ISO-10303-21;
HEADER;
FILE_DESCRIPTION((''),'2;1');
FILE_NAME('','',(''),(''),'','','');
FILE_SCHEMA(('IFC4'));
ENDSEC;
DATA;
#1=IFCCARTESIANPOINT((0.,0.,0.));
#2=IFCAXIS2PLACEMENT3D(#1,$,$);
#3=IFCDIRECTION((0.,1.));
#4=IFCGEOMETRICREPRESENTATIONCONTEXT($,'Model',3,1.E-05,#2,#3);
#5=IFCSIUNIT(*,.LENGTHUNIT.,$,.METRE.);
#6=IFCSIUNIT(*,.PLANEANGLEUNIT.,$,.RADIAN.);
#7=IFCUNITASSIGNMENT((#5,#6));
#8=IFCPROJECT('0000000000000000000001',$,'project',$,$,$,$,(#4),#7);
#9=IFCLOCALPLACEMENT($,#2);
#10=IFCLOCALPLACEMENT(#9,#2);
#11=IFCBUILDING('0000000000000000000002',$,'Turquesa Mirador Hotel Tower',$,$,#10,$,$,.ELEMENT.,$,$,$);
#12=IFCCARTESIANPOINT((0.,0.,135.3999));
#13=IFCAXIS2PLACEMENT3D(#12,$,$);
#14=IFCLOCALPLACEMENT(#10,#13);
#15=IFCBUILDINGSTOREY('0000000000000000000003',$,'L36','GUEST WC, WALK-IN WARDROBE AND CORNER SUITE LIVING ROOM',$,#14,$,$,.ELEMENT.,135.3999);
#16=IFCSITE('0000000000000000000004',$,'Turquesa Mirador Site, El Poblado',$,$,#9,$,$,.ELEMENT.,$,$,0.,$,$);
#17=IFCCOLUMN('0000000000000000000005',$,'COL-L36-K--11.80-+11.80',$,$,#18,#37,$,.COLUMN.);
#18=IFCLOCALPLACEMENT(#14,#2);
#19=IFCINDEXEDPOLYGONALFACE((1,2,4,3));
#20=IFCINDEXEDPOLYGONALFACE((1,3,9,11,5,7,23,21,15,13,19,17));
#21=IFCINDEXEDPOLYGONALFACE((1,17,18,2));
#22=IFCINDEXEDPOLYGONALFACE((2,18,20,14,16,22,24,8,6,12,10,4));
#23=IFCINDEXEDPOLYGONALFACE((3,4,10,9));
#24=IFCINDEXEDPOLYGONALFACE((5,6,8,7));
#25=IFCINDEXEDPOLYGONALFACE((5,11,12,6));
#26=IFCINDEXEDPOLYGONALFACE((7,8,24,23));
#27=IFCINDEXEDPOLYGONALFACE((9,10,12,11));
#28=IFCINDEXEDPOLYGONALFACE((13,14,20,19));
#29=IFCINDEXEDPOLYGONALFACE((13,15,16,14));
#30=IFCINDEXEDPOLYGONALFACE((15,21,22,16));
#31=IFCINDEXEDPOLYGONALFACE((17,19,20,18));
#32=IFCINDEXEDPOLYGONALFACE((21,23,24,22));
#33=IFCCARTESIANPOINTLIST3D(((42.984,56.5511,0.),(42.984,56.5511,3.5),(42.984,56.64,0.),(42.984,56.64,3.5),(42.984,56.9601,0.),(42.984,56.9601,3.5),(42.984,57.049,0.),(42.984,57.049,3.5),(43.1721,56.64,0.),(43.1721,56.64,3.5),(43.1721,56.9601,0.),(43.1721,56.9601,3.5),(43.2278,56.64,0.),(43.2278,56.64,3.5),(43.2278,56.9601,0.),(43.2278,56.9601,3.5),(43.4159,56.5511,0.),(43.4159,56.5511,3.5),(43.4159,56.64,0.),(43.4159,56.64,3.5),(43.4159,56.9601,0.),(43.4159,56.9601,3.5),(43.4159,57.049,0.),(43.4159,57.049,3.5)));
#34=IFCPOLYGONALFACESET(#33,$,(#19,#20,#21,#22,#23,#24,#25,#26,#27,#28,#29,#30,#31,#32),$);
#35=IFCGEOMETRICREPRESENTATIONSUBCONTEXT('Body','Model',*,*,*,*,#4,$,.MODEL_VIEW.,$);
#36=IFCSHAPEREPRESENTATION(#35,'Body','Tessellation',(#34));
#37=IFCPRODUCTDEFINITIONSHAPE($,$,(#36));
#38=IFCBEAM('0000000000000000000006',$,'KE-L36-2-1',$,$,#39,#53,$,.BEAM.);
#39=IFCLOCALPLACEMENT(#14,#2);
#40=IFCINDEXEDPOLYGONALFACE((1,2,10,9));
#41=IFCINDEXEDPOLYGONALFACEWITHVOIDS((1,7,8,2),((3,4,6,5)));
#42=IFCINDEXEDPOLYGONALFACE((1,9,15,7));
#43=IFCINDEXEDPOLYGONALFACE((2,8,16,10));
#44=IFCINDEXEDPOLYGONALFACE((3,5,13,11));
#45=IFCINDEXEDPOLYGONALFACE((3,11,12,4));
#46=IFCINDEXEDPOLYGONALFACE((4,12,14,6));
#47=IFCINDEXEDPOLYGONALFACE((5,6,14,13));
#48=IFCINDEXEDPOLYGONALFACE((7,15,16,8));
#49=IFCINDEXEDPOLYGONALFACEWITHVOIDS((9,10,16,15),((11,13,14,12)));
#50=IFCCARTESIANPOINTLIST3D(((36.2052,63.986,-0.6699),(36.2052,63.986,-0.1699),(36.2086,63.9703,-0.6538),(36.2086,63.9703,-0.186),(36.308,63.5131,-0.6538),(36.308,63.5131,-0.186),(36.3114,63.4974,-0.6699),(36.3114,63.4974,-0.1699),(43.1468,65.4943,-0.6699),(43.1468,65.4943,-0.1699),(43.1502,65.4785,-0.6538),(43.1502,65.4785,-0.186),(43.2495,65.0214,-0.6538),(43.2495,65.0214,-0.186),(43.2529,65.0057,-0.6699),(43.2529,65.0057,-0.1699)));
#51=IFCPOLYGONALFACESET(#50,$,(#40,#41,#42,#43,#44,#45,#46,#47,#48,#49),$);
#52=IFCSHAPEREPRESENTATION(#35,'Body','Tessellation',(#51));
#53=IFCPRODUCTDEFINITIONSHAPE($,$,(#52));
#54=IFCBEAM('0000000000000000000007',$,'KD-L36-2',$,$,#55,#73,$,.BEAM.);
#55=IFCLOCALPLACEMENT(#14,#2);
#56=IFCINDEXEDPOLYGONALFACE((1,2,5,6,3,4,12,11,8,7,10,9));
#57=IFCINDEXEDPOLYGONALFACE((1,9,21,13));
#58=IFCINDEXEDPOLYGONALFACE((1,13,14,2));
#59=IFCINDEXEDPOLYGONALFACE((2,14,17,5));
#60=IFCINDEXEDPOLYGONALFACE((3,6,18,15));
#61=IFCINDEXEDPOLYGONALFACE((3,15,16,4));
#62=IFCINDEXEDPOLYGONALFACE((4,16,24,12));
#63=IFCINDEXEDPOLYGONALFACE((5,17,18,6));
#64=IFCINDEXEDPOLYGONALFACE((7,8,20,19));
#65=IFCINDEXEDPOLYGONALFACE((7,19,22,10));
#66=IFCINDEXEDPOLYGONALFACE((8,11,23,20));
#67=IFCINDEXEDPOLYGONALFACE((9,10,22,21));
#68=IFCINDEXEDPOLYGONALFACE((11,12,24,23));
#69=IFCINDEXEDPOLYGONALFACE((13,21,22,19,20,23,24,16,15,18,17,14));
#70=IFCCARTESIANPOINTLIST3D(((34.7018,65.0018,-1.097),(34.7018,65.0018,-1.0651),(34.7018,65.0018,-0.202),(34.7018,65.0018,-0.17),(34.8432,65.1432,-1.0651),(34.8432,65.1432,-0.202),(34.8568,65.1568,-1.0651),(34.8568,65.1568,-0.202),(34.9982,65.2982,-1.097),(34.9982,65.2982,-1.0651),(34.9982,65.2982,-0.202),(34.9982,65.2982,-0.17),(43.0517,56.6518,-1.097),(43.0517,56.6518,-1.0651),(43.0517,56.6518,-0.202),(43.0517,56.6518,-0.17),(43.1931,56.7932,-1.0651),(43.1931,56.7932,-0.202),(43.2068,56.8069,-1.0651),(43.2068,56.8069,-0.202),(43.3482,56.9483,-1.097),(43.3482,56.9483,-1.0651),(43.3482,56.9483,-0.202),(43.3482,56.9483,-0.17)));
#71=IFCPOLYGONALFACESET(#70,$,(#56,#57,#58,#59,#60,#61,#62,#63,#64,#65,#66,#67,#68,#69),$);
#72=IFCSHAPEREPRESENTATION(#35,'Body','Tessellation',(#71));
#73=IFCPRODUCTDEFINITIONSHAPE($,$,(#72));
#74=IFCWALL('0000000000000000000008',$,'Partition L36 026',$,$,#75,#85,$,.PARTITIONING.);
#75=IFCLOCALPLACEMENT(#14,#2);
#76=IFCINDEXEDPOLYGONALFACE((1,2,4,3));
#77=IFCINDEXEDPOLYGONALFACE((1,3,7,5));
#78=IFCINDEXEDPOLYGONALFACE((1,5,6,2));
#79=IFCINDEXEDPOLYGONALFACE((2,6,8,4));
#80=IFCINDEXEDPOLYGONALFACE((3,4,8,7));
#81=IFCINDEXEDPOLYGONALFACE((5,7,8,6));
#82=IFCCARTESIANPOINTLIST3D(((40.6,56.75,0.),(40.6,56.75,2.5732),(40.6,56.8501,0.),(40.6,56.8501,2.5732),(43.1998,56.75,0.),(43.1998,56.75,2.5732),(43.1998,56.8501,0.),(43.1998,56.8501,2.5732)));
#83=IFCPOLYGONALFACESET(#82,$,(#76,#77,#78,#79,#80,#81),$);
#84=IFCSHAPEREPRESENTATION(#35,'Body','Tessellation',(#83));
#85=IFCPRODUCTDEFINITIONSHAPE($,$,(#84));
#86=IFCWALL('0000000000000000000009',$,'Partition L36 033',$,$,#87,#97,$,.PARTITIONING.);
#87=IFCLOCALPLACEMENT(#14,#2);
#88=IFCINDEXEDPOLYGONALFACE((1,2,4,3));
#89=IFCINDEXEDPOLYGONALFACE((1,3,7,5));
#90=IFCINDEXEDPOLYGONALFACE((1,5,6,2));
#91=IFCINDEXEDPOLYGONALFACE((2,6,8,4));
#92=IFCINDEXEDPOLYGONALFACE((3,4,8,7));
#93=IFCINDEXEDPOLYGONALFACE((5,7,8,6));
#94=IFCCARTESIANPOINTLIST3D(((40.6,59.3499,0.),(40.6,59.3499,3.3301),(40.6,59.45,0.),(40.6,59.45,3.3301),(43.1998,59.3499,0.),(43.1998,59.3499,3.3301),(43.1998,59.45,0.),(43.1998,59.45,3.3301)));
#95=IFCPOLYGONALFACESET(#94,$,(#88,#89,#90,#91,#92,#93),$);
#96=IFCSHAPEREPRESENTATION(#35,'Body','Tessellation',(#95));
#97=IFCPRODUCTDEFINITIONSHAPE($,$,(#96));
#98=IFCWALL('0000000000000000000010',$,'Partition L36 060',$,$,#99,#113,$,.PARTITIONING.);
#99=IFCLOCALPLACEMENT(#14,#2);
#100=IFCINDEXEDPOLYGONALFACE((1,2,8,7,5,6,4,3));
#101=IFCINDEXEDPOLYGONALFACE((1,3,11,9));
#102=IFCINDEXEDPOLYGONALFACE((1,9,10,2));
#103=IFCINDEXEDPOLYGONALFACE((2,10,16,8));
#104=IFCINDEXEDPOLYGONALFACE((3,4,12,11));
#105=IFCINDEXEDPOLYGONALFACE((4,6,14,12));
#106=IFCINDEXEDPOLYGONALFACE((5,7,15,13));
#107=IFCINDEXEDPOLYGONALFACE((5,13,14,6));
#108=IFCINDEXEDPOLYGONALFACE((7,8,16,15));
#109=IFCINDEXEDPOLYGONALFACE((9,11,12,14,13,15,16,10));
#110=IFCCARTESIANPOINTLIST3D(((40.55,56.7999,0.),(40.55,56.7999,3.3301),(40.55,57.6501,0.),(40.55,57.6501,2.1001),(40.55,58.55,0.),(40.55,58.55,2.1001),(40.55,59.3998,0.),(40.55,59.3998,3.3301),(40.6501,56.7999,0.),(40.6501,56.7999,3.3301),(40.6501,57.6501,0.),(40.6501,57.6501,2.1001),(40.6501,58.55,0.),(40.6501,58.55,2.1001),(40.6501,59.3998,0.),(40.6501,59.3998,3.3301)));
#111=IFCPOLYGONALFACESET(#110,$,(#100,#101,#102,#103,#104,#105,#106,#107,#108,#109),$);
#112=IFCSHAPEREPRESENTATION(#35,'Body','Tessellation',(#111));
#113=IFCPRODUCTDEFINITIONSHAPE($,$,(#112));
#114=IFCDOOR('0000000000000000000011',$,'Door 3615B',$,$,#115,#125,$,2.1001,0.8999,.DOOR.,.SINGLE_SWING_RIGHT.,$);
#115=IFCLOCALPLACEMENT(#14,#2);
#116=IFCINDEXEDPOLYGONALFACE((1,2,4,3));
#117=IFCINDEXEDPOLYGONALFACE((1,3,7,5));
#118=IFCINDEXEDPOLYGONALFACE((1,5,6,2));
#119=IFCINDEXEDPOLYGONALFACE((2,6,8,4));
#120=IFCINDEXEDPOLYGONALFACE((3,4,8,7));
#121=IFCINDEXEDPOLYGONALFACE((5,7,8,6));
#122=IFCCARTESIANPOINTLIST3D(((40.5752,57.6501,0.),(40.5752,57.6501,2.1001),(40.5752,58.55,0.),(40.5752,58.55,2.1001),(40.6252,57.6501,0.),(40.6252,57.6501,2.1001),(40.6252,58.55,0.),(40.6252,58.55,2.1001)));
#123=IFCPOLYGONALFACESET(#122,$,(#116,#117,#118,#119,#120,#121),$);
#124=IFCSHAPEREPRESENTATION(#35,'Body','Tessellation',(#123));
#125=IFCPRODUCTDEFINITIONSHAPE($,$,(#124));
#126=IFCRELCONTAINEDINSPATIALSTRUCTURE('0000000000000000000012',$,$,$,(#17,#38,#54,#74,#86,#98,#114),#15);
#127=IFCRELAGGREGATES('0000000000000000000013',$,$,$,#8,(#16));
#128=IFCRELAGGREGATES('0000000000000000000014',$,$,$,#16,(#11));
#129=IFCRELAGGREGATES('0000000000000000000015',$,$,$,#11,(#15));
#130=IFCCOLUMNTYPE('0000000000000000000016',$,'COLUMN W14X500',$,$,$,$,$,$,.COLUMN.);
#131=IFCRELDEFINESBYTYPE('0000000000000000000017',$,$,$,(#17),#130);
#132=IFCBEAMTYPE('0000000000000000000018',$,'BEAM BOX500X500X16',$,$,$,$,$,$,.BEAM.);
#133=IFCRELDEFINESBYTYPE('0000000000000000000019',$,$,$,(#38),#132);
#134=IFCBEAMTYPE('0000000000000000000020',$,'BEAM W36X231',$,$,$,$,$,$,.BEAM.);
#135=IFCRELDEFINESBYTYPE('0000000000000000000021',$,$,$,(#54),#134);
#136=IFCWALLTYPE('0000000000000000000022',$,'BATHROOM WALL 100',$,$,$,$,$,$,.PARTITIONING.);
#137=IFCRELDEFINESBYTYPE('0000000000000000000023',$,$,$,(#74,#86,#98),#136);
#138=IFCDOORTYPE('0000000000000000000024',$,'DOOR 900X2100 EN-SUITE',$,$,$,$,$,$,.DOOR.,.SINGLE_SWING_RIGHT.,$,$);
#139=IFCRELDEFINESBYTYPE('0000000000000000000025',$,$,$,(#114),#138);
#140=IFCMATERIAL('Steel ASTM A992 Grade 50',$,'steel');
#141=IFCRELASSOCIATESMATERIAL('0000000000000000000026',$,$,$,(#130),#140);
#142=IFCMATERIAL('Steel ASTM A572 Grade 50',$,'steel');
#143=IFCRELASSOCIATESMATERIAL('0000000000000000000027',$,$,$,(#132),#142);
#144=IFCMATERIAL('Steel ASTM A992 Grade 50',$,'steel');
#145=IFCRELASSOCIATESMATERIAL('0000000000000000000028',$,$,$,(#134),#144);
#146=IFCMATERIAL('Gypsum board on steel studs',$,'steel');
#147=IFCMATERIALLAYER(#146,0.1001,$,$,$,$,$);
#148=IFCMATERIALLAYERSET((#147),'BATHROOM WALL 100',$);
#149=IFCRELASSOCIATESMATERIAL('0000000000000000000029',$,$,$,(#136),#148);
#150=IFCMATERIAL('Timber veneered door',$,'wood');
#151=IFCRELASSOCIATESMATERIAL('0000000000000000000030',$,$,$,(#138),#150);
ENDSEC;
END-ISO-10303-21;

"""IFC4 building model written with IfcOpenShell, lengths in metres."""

from ifc_helpers import new_model, si_unit, direction, frame, frame_2d, origin, origin_2d, place, context, subcontext, project, spatial, rectangle, hollow_rectangle, i_section, extrude, material, layer, layer_set, material_profile, profile_set, type_object, element, fill, save


model = new_model("IFC4")

# Units and contexts
model_context = context("Model", 3, precision=1e-05, world=origin(), true_north=direction((0.0, 1.0)))
body_context = subcontext(model_context, "Body", "Model", "MODEL_VIEW")
ifc_project = project(units=[si_unit("LENGTHUNIT", "METRE"), si_unit("PLANEANGLEUNIT", "RADIAN")], contexts=[model_context])

# Site, building, storey
site_placement = place(None, origin())
site = spatial("IfcSite", under=ifc_project, at=site_placement, Name="Turquesa Mirador Site, El Poblado", CompositionType="ELEMENT", RefElevation=0.0)
building_placement = place(site_placement, origin())
building = spatial("IfcBuilding", under=site, at=building_placement, Name="Turquesa Mirador Hotel Tower", CompositionType="ELEMENT")
storey_placement = place(building_placement, frame((0.0, 0.0, 135.3999)))
storey = spatial("IfcBuildingStorey", under=building, at=storey_placement, Name="L36", Description="GUEST WC, WALK-IN WARDROBE AND CORNER SUITE LIVING ROOM", CompositionType="ELEMENT", Elevation=135.3999)

# Column
ifc_material_1 = material(Name="Steel ASTM A992 Grade 50", Category="steel")
ifc_material_profile_1 = material_profile(ifc_material_1, i_section(OverallWidth=0.4319, OverallDepth=0.4978, WebThickness=0.0557, FlangeThickness=0.0889, at=origin_2d()), Name="W14X500")
ifc_profile_set_1 = profile_set([ifc_material_profile_1], Name="Steel ASTM A992 Grade 50")
column_type = type_object("IfcColumnType", Name="COLUMN W14X500", PredefinedType="COLUMN", material=ifc_profile_set_1)
column_placement = place(storey_placement, frame((43.2, 56.8, 0.0), z_axis=(0.0, 0.0, 1.0), x_axis=(1.0, 0.0, 0.0)))
element("IfcColumn", 1, at=column_placement, inside=storey, type_object=column_type, Name="COL-L36-K--11.80-+11.80", PredefinedType="COLUMN", context=body_context, shape_type="SweptSolid", body=[
    extrude(i_section(OverallWidth=0.4319, OverallDepth=0.4978, WebThickness=0.0557, FlangeThickness=0.0889, at=origin_2d()), origin(), (0.0, 0.0, 1.0), 3.5),
])

# Beams
ifc_material_2 = material(Name="Steel ASTM A572 Grade 50", Category="steel")
ifc_material_profile_2 = material_profile(ifc_material_2, hollow_rectangle(XDim=0.5, YDim=0.5, WallThickness=0.0161, at=origin_2d()), Name="BOX500X500X16")
ifc_profile_set_2 = profile_set([ifc_material_profile_2], Name="Steel ASTM A572 Grade 50")
beam_type_1 = type_object("IfcBeamType", Name="BEAM BOX500X500X16", PredefinedType="BEAM", material=ifc_profile_set_2)
beam_1_placement = place(storey_placement, frame((36.2583, 63.7417, -0.4199), z_axis=(0.977198, 0.212328, 0.0), x_axis=(-0.212328, 0.977198, 0.0)))
element("IfcBeam", 2, at=beam_1_placement, inside=storey, type_object=beam_type_1, Name="KE-L36-2-1", PredefinedType="BEAM", context=body_context, shape_type="SweptSolid", body=[
    extrude(hollow_rectangle(XDim=0.5, YDim=0.5, WallThickness=0.0161, at=origin_2d()), origin(), (0.0, 0.0, 1.0), 7.1035),
])
ifc_material_3 = material(Name="Steel ASTM A992 Grade 50", Category="steel")
ifc_material_profile_3 = material_profile(ifc_material_3, i_section(OverallWidth=0.4192, OverallDepth=0.927, WebThickness=0.0193, FlangeThickness=0.032, at=origin_2d()), Name="W36X231")
ifc_profile_set_3 = profile_set([ifc_material_profile_3], Name="Steel ASTM A992 Grade 50")
beam_type_2 = type_object("IfcBeamType", Name="BEAM W36X231", PredefinedType="BEAM", material=ifc_profile_set_3)
beam_2_placement = place(storey_placement, frame((43.2, 56.8, -0.6335), z_axis=(-0.707107, 0.707107, 0.0), x_axis=(-0.707107, -0.707107, 0.0)))
element("IfcBeam", 3, at=beam_2_placement, inside=storey, type_object=beam_type_2, Name="KD-L36-2", PredefinedType="BEAM", context=body_context, shape_type="SweptSolid", body=[
    extrude(i_section(OverallWidth=0.4192, OverallDepth=0.927, WebThickness=0.0193, FlangeThickness=0.032, at=origin_2d()), origin(), (0.0, 0.0, 1.0), 11.8086),
])

# Walls
ifc_material_4 = material(Name="Gypsum board on steel studs", Category="steel")
ifc_layer_1 = layer(ifc_material_4, 0.1001)
ifc_layer_set_1 = layer_set([ifc_layer_1], Name="BATHROOM WALL 100")
wall_type_1 = type_object("IfcWallType", Name="BATHROOM WALL 100", PredefinedType="PARTITIONING", material=ifc_layer_set_1)
wall_1_placement = place(storey_placement, frame((40.6001, 56.8, 0.0), z_axis=(0.0, 0.0, 1.0), x_axis=(1.0, 0.0, 0.0)))
element("IfcWall", 4, at=wall_1_placement, inside=storey, type_object=wall_type_1, Name="Partition L36 026", PredefinedType="PARTITIONING", context=body_context, shape_type="SweptSolid", body=[
    extrude(rectangle(XDim=2.5999, YDim=0.1001, at=frame_2d((1.2998, 0.0))), origin(), (0.0, 0.0, 1.0), 2.5732),
])
wall_2_placement = place(storey_placement, frame((40.6001, 59.3999, 0.0), z_axis=(0.0, 0.0, 1.0), x_axis=(1.0, 0.0, 0.0)))
element("IfcWall", 5, at=wall_2_placement, inside=storey, type_object=wall_type_1, Name="Partition L36 033", PredefinedType="PARTITIONING", context=body_context, shape_type="SweptSolid", body=[
    extrude(rectangle(XDim=2.5999, YDim=0.1001, at=frame_2d((1.2998, 0.0))), origin(), (0.0, 0.0, 1.0), 3.3301),
])

# Wall, opening, door
wall_3_placement = place(storey_placement, frame((40.6001, 56.8, 0.0), z_axis=(0.0, 0.0, 1.0), x_axis=(0.0, 1.0, 0.0)))
wall_3 = element("IfcWall", 6, at=wall_3_placement, inside=storey, type_object=wall_type_1, Name="Partition L36 060", PredefinedType="PARTITIONING", context=body_context, shape_type="SweptSolid", body=[
    extrude(rectangle(XDim=2.5999, YDim=0.1001, at=frame_2d((1.2998, 0.0))), origin(), (0.0, 0.0, 1.0), 3.3301),
])
opening_1_placement = place(wall_3_placement, frame((0.8501, 0.0, 0.0)))
opening_1 = element("IfcOpeningElement", 7, at=opening_1_placement, cuts=wall_3, PredefinedType="OPENING", context=body_context, shape_type="SweptSolid", body=[
    extrude(rectangle(XDim=0.8999, YDim=2.1001, at=frame_2d((0.45, 1.05))), frame((0.0, 0.0601, 0.0), z_axis=(0.0, -1.0, 0.0), x_axis=(1.0, 0.0, 0.0)), (0.0, 0.0, 1.0), 0.1201),
])
ifc_material_5 = material(Name="Timber veneered door", Category="wood")
door_type_1 = type_object("IfcDoorType", Name="DOOR 900X2100 EN-SUITE", OperationType="SINGLE_SWING_RIGHT", PredefinedType="DOOR", material=ifc_material_5)
door_1_placement = place(opening_1_placement, origin())
door_1 = element("IfcDoor", 8, at=door_1_placement, inside=storey, type_object=door_type_1, Name="Door 3615B", OperationType="SINGLE_SWING_RIGHT", OverallHeight=2.1001, OverallWidth=0.8999, PredefinedType="DOOR", context=body_context, shape_type="SweptSolid", body=[
    extrude(rectangle(XDim=0.8999, YDim=2.1001, at=frame_2d((0.45, 1.05))), frame((0.0, 0.0249, 0.0), z_axis=(0.0, -1.0, 0.0), x_axis=(1.0, 0.0, 0.0)), (0.0, 0.0, 1.0), 0.05),
])
fill(opening_1, door_1)

save(model, "model.ifc")
